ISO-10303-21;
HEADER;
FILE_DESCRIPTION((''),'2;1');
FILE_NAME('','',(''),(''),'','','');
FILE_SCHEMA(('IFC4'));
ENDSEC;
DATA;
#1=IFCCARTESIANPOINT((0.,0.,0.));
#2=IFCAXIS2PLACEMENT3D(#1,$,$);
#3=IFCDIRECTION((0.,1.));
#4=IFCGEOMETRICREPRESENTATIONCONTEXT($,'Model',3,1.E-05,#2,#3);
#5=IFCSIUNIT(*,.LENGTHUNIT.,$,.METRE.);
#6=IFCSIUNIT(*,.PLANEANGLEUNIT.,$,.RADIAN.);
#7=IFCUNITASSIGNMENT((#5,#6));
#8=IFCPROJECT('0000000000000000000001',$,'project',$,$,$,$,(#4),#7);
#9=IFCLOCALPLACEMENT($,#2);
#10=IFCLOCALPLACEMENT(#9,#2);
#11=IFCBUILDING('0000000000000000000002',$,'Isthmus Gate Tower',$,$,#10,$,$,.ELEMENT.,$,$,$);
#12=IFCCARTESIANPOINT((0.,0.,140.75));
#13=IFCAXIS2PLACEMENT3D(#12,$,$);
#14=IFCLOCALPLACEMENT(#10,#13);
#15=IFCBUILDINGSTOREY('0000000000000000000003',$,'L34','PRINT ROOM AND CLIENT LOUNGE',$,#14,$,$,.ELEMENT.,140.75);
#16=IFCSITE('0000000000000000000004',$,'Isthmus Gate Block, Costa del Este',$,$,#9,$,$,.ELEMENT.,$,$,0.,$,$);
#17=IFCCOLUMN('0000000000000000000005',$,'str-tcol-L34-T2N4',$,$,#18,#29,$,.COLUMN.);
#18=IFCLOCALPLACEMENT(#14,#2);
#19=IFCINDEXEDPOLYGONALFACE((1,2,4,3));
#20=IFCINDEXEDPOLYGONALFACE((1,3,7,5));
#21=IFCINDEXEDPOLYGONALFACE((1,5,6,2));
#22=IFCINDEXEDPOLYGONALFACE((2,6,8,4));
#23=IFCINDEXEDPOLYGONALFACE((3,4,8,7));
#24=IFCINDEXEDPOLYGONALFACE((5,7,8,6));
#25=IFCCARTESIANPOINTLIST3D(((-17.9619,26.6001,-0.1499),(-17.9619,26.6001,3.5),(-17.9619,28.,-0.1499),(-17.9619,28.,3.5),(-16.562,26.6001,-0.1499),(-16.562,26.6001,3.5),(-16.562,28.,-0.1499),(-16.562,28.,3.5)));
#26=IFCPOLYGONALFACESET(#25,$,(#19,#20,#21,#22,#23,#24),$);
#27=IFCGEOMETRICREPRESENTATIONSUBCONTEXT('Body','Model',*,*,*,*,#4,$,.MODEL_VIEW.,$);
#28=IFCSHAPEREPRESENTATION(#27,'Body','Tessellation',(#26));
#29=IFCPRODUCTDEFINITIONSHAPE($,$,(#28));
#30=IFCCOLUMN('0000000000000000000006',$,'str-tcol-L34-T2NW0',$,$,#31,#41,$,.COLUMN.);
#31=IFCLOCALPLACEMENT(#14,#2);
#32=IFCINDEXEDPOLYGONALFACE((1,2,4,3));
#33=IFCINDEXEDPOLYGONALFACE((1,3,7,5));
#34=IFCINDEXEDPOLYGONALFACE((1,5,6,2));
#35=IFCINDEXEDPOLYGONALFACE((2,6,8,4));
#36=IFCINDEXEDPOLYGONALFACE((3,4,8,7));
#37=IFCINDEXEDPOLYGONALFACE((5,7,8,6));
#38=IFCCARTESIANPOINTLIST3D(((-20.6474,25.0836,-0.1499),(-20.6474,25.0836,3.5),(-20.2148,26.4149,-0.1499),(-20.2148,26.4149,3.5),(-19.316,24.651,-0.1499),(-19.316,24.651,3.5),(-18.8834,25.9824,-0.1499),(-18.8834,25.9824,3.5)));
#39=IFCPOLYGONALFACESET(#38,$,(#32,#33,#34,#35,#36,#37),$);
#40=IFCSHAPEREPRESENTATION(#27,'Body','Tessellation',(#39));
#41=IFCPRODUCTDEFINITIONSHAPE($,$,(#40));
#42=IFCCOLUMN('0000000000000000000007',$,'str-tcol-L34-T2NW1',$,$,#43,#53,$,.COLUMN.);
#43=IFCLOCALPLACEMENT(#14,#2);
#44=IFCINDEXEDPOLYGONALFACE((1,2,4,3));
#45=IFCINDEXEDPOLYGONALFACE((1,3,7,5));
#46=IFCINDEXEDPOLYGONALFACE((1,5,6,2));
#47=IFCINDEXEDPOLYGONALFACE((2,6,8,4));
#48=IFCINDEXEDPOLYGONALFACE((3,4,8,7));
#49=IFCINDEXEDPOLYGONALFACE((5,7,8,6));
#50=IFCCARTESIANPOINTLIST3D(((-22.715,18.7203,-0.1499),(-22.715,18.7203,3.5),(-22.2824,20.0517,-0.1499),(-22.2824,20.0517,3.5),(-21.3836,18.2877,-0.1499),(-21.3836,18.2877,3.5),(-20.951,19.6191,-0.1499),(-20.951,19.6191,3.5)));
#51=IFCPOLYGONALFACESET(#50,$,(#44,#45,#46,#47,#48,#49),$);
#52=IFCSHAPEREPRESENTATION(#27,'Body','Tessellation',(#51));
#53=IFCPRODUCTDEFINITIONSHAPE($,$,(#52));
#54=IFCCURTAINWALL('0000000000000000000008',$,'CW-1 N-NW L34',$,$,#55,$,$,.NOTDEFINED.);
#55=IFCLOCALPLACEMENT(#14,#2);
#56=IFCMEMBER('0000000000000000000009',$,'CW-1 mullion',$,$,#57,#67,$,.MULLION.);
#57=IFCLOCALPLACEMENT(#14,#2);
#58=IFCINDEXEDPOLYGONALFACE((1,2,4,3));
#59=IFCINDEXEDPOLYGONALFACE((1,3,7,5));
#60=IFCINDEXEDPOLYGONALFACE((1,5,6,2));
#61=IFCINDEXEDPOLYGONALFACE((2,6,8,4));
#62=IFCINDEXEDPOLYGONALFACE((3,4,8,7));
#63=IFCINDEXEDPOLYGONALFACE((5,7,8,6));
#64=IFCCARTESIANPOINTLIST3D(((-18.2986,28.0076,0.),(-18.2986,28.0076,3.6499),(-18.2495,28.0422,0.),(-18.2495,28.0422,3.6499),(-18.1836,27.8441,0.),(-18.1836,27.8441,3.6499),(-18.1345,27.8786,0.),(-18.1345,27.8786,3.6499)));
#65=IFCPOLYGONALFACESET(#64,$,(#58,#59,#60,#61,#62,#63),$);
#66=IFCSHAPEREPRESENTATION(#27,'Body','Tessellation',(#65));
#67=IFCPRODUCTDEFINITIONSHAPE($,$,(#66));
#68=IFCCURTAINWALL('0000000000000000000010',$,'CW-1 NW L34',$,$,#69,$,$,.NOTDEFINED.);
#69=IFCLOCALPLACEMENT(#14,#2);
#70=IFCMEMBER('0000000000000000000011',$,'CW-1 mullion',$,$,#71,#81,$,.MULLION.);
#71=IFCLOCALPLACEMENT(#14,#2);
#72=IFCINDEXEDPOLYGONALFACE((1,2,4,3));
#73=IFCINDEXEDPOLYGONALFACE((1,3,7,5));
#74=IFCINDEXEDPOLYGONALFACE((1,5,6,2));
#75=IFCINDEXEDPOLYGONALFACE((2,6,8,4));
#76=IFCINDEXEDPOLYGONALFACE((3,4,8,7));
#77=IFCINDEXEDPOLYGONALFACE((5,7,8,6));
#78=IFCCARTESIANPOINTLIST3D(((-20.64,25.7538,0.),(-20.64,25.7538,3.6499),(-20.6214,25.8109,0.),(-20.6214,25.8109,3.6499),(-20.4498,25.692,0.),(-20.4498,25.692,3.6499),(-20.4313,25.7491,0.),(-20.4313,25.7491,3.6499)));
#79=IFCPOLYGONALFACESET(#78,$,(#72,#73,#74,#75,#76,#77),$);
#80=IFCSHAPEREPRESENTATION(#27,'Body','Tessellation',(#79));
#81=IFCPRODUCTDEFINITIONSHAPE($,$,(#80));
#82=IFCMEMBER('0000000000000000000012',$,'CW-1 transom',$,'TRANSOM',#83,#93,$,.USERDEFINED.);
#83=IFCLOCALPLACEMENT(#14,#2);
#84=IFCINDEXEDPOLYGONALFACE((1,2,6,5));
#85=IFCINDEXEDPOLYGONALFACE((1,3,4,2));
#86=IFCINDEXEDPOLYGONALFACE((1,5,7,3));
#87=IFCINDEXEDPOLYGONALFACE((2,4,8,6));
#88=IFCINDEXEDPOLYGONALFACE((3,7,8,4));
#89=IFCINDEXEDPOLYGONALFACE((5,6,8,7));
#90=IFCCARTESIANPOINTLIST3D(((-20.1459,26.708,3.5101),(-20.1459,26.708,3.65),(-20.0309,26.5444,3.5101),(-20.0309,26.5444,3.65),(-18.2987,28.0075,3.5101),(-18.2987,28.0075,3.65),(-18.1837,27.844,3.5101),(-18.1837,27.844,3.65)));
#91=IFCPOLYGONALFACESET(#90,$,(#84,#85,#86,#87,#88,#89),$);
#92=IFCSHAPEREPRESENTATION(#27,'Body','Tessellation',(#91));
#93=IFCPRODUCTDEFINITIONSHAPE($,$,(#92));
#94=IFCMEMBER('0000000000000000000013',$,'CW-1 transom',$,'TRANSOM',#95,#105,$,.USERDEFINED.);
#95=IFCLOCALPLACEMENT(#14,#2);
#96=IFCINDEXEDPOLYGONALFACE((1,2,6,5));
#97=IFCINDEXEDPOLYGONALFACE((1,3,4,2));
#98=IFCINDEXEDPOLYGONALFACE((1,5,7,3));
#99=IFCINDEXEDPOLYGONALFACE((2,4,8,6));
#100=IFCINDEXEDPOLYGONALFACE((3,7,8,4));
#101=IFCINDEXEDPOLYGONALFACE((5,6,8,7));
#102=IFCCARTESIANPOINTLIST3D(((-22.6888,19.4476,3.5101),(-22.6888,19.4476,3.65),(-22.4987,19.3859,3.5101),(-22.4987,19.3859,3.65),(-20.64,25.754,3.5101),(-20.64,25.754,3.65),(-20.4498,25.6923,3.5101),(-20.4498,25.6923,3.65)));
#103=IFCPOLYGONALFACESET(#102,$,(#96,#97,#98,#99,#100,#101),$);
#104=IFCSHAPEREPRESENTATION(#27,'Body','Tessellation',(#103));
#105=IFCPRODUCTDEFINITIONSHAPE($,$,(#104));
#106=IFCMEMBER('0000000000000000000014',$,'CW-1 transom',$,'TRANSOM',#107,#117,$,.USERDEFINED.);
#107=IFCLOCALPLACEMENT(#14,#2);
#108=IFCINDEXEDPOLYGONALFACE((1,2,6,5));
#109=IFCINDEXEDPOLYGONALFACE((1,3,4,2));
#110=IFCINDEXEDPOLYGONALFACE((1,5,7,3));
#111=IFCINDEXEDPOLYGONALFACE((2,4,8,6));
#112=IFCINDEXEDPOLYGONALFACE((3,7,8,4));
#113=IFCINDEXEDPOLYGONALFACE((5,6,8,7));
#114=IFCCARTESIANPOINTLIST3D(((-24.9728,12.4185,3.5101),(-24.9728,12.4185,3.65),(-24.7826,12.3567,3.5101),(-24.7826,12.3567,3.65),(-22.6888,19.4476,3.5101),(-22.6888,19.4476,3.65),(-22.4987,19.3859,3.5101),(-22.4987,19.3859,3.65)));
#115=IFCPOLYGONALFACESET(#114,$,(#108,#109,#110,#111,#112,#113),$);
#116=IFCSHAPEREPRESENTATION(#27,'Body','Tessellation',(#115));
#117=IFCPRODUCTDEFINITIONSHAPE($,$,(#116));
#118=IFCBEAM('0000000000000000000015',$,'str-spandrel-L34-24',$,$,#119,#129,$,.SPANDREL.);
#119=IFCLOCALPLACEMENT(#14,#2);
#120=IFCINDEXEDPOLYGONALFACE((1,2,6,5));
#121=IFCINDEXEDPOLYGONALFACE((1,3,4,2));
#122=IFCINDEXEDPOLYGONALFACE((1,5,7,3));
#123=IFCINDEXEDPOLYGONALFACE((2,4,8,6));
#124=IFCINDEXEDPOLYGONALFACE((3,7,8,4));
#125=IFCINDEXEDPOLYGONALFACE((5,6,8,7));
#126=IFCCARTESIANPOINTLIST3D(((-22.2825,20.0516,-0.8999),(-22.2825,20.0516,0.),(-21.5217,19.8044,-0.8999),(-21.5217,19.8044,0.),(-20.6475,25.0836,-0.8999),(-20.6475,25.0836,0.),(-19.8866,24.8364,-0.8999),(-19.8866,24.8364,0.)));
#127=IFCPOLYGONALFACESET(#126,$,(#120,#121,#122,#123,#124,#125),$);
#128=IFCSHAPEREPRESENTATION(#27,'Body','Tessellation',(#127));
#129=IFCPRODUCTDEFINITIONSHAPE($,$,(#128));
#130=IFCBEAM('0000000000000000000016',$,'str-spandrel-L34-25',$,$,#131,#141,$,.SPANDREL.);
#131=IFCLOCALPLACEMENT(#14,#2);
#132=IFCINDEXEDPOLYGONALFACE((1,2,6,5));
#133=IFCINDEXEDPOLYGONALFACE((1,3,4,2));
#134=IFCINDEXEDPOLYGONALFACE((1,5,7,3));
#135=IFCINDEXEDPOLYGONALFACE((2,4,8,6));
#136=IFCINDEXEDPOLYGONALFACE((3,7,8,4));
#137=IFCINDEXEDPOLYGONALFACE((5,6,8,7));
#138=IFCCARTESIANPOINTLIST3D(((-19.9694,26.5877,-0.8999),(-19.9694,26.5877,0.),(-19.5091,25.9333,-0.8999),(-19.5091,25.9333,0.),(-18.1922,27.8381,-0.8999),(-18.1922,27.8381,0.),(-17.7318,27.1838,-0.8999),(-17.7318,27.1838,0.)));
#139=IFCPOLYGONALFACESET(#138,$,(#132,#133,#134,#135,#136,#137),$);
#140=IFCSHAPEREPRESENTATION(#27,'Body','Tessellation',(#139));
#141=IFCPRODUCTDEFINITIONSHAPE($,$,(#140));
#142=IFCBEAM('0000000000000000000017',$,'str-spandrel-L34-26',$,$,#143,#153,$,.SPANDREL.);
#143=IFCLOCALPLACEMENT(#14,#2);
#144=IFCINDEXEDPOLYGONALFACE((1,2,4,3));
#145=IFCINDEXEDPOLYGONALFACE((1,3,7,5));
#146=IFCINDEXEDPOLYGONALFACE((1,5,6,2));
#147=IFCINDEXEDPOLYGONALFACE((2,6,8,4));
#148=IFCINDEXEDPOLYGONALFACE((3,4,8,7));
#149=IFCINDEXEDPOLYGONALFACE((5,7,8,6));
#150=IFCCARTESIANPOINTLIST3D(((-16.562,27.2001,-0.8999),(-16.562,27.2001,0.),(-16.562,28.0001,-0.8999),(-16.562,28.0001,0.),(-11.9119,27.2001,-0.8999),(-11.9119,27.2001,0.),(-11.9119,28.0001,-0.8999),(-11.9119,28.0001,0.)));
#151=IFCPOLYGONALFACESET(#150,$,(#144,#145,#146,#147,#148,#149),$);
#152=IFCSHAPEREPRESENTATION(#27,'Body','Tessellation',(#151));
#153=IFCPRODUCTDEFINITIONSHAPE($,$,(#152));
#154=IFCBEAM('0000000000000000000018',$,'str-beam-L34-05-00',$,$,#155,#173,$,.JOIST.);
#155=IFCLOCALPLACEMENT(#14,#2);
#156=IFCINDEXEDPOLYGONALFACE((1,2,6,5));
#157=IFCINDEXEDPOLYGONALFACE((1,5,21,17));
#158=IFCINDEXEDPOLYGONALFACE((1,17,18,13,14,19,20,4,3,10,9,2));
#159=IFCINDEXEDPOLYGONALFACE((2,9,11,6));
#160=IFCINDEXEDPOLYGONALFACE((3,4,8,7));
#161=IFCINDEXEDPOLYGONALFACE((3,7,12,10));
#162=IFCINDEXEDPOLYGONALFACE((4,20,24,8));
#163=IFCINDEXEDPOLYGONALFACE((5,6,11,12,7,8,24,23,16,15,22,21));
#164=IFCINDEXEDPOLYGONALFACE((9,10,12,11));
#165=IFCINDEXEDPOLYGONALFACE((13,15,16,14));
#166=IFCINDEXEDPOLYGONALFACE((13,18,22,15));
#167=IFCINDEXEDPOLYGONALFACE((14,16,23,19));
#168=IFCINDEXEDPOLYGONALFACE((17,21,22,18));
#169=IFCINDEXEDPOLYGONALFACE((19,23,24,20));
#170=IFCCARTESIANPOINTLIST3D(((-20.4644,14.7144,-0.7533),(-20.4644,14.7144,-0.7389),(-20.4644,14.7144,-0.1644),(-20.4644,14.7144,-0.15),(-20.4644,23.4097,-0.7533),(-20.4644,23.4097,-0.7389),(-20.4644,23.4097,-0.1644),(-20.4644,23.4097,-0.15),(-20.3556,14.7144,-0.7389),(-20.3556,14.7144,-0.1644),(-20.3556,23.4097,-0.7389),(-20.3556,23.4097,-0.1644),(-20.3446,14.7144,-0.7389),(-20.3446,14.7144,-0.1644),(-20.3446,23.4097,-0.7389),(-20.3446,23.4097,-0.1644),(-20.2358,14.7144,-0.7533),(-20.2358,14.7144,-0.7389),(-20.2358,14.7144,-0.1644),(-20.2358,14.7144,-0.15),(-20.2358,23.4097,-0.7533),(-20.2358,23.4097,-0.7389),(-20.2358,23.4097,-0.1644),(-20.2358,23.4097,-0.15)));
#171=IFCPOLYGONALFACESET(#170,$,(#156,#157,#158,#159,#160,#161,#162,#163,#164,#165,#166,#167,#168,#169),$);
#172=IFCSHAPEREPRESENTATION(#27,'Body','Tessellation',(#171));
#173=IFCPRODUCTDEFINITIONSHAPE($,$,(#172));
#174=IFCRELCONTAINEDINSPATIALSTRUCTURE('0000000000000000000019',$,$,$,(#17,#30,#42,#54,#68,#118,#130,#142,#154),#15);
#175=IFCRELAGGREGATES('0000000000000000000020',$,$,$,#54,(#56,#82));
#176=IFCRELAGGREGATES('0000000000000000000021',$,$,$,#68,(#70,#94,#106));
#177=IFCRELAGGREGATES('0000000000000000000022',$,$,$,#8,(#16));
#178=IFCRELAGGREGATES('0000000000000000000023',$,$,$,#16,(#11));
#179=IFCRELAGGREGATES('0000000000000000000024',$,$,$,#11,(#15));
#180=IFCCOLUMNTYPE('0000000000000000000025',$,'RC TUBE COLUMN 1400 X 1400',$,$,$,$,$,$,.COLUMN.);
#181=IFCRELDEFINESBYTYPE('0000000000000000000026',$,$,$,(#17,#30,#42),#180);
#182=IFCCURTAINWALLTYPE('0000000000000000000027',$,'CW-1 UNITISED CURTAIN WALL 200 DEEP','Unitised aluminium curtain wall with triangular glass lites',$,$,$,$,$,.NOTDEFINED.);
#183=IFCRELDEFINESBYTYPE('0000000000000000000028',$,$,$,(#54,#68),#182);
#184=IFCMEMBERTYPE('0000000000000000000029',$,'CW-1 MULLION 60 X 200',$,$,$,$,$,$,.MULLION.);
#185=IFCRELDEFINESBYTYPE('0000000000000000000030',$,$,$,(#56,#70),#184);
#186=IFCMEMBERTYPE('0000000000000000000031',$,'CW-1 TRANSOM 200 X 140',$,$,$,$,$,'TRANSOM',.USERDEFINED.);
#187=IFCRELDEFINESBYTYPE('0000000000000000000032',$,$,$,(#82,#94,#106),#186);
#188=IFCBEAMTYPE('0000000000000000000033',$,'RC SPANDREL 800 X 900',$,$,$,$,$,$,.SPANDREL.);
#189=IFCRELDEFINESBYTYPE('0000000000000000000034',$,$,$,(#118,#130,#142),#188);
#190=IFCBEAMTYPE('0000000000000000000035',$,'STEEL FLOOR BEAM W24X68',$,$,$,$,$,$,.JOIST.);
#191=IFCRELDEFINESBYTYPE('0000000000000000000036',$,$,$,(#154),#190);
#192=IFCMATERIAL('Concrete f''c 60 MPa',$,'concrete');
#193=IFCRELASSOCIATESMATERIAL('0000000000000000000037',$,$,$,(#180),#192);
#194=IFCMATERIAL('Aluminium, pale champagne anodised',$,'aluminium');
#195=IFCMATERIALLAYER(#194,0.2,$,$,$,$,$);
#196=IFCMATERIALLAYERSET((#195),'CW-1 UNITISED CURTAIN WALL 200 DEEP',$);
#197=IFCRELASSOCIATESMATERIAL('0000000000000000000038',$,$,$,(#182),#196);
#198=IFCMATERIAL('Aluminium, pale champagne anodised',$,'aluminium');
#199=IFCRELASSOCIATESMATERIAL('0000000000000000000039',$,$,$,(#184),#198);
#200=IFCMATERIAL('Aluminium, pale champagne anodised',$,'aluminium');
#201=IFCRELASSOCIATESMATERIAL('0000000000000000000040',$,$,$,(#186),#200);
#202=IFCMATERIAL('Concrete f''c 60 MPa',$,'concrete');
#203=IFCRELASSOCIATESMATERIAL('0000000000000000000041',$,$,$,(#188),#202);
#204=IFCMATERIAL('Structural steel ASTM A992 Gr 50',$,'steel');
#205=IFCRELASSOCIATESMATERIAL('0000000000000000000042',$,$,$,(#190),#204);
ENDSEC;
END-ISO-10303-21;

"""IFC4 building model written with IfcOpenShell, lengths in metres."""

from ifc_helpers import new_model, si_unit, direction, frame, origin, origin_2d, place, context, subcontext, project, spatial, rectangle, i_section, extrude, material, layer, layer_set, material_profile, profile_set, type_object, element, aggregate, save


model = new_model("IFC4")

# Units and contexts
model_context = context("Model", 3, precision=1e-05, world=origin(), true_north=direction((0.0, 1.0)))
body_context = subcontext(model_context, "Body", "Model", "MODEL_VIEW")
ifc_project = project(units=[si_unit("LENGTHUNIT", "METRE"), si_unit("PLANEANGLEUNIT", "RADIAN")], contexts=[model_context])

# Site, building, storey
site_placement = place(None, origin())
site = spatial("IfcSite", under=ifc_project, at=site_placement, Name="Isthmus Gate Block, Costa del Este", CompositionType="ELEMENT", RefElevation=0.0)
building_placement = place(site_placement, origin())
building = spatial("IfcBuilding", under=site, at=building_placement, Name="Isthmus Gate Tower", CompositionType="ELEMENT")
storey_placement = place(building_placement, frame((0.0, 0.0, 140.75)))
storey = spatial("IfcBuildingStorey", under=building, at=storey_placement, Name="L34", Description="PRINT ROOM AND CLIENT LOUNGE", CompositionType="ELEMENT", Elevation=140.75)

# Columns
ifc_material_1 = material(Name="Concrete f'c 60 MPa", Category="concrete")
ifc_material_profile_1 = material_profile(ifc_material_1, rectangle(XDim=1.3999, YDim=1.3999, at=origin_2d()), Name="RC 1400X1400")
ifc_profile_set_1 = profile_set([ifc_material_profile_1], Name="Concrete f'c 60 MPa")
column_type = type_object("IfcColumnType", Name="RC TUBE COLUMN 1400 X 1400", PredefinedType="COLUMN", material=ifc_profile_set_1)
for number, where, z_axis, x_axis, name in (
    (1, (-17.262, 27.3, -0.1499), (0.0, 0.0, 1.0), (-1.0, 0.0, 0.0), "str-tcol-L34-T2N4"),
    (2, (-19.7654, 25.533, -0.1499), (0.0, 0.0, 1.0), (-0.309017, -0.951057, 0.0), "str-tcol-L34-T2NW0"),
    (3, (-21.833, 19.1697, -0.1499), (0.0, 0.0, 1.0), (-0.309017, -0.951057, 0.0), "str-tcol-L34-T2NW1"),
):
    element("IfcColumn", number, at=place(storey_placement, frame(where, z_axis=z_axis, x_axis=x_axis)), inside=storey, type_object=column_type, Name=name, PredefinedType="COLUMN", context=body_context, shape_type="SweptSolid", body=[
        extrude(rectangle(XDim=1.3999, YDim=1.3999, at=origin_2d()), origin(), (0.0, 0.0, 1.0), 3.6499),
    ])

# Curtain walls, members
ifc_material_2 = material(Name="Aluminium, pale champagne anodised", Category="aluminium")
ifc_layer_1 = layer(ifc_material_2, 0.2)
ifc_layer_set_1 = layer_set([ifc_layer_1], Name="CW-1 UNITISED CURTAIN WALL 200 DEEP")
curtain_wall_type = type_object("IfcCurtainWallType", Name="CW-1 UNITISED CURTAIN WALL 200 DEEP", Description="Unitised aluminium curtain wall with triangular glass lites", PredefinedType="NOTDEFINED", material=ifc_layer_set_1)
curtain_wall_1_placement = place(storey_placement, origin())
curtain_wall_1 = element("IfcCurtainWall", 4, at=curtain_wall_1_placement, inside=storey, type_object=curtain_wall_type, Name="CW-1 N-NW L34", PredefinedType="NOTDEFINED")
ifc_material_3 = material(Name="Aluminium, pale champagne anodised", Category="aluminium")
ifc_material_profile_2 = material_profile(ifc_material_3, rectangle(XDim=0.0601, YDim=0.2, at=origin_2d()), Name="60x200")
ifc_profile_set_2 = profile_set([ifc_material_profile_2], Name="Aluminium, pale champagne anodised")
member_type_1 = type_object("IfcMemberType", Name="CW-1 MULLION 60 X 200", PredefinedType="MULLION", material=ifc_profile_set_2)
member_1_placement = place(storey_placement, frame((-18.2166, 27.9431, 0.0), z_axis=(0.0, 0.0, 1.0), x_axis=(-0.81786, -0.575418, 0.0)))
member_1 = element("IfcMember", 5, at=member_1_placement, type_object=member_type_1, Name="CW-1 mullion", PredefinedType="MULLION", context=body_context, shape_type="SweptSolid", body=[
    extrude(rectangle(XDim=0.0601, YDim=0.2, at=origin_2d()), origin(), (0.0, 0.0, 1.0), 3.6499),
])
curtain_wall_2_placement = place(storey_placement, origin())
curtain_wall_2 = element("IfcCurtainWall", 6, at=curtain_wall_2_placement, inside=storey, type_object=curtain_wall_type, Name="CW-1 NW L34", PredefinedType="NOTDEFINED")
member_2_placement = place(storey_placement, frame((-20.5356, 25.7515, 0.0), z_axis=(0.0, 0.0, 1.0), x_axis=(-0.309017, -0.951057, 0.0)))
member_2 = element("IfcMember", 7, at=member_2_placement, type_object=member_type_1, Name="CW-1 mullion", PredefinedType="MULLION", context=body_context, shape_type="SweptSolid", body=[
    extrude(rectangle(XDim=0.0601, YDim=0.2, at=origin_2d()), origin(), (0.0, 0.0, 1.0), 3.6499),
])

# Members
ifc_material_4 = material(Name="Aluminium, pale champagne anodised", Category="aluminium")
ifc_material_profile_3 = material_profile(ifc_material_4, rectangle(XDim=0.2, YDim=0.1399, at=origin_2d()), Name="200x140")
ifc_profile_set_3 = profile_set([ifc_material_profile_3], Name="Aluminium, pale champagne anodised")
member_type_2 = type_object("IfcMemberType", Name="CW-1 TRANSOM 200 X 140", ElementType="TRANSOM", PredefinedType="USERDEFINED", material=ifc_profile_set_3)
member_3_placement = place(storey_placement, frame((-18.2412, 27.9258, 3.5801), z_axis=(-0.817869, -0.575405, 0.0), x_axis=(0.575405, -0.817869, 0.0)))
member_3 = element("IfcMember", 8, at=member_3_placement, type_object=member_type_2, Name="CW-1 transom", ObjectType="TRANSOM", PredefinedType="USERDEFINED", context=body_context, shape_type="SweptSolid", body=[
    extrude(rectangle(XDim=0.2, YDim=0.1399, at=origin_2d()), origin(), (0.0, 0.0, 1.0), 2.2585),
])
member_4_placement = place(storey_placement, frame((-20.5449, 25.7231, 3.5801), z_axis=(-0.308984, -0.951067, 0.0), x_axis=(0.951067, -0.308984, 0.0)))
member_4 = element("IfcMember", 9, at=member_4_placement, type_object=member_type_2, Name="CW-1 transom", ObjectType="TRANSOM", PredefinedType="USERDEFINED", context=body_context, shape_type="SweptSolid", body=[
    extrude(rectangle(XDim=0.2, YDim=0.1399, at=origin_2d()), origin(), (0.0, 0.0, 1.0), 6.6309),
])
member_5_placement = place(storey_placement, frame((-22.5938, 19.4167, 3.5801), z_axis=(-0.309024, -0.951054, 0.0), x_axis=(0.951054, -0.309024, 0.0)))
member_5 = element("IfcMember", 10, at=member_5_placement, type_object=member_type_2, Name="CW-1 transom", ObjectType="TRANSOM", PredefinedType="USERDEFINED", context=body_context, shape_type="SweptSolid", body=[
    extrude(rectangle(XDim=0.2, YDim=0.1399, at=origin_2d()), origin(), (0.0, 0.0, 1.0), 7.3909),
])

# Beams
ifc_material_5 = material(Name="Concrete f'c 60 MPa", Category="concrete")
ifc_material_profile_4 = material_profile(ifc_material_5, rectangle(XDim=0.8, YDim=0.8999, at=origin_2d()), Name="RC 800X900")
ifc_profile_set_4 = profile_set([ifc_material_profile_4], Name="Concrete f'c 60 MPa")
beam_type_1 = type_object("IfcBeamType", Name="RC SPANDREL 800 X 900", PredefinedType="SPANDREL", material=ifc_profile_set_4)
beam_1_placement = place(storey_placement, frame((-21.9021, 19.928, -0.45), z_axis=(0.30902, 0.951055, 0.0), x_axis=(-0.951055, 0.30902, 0.0)))
element("IfcBeam", 11, at=beam_1_placement, inside=storey, type_object=beam_type_1, Name="str-spandrel-L34-24", PredefinedType="SPANDREL", context=body_context, shape_type="SweptSolid", body=[
    extrude(rectangle(XDim=0.8, YDim=0.8999, at=origin_2d()), origin(), (0.0, 0.0, 1.0), 5.291),
])
beam_2_placement = place(storey_placement, frame((-19.7393, 26.2605, -0.45), z_axis=(0.817857, 0.575421, 0.0), x_axis=(-0.575421, 0.817857, 0.0)))
element("IfcBeam", 12, at=beam_2_placement, inside=storey, type_object=beam_type_1, Name="str-spandrel-L34-25", PredefinedType="SPANDREL", context=body_context, shape_type="SweptSolid", body=[
    extrude(rectangle(XDim=0.8, YDim=0.8999, at=origin_2d()), origin(), (0.0, 0.0, 1.0), 2.1731),
])
beam_3_placement = place(storey_placement, frame((-16.562, 27.6001, -0.45), z_axis=(1.0, 0.0, 0.0), x_axis=(0.0, 1.0, 0.0)))
element("IfcBeam", 13, at=beam_3_placement, inside=storey, type_object=beam_type_1, Name="str-spandrel-L34-26", PredefinedType="SPANDREL", context=body_context, shape_type="SweptSolid", body=[
    extrude(rectangle(XDim=0.8, YDim=0.8999, at=origin_2d()), origin(), (0.0, 0.0, 1.0), 4.6501),
])
ifc_material_6 = material(Name="Structural steel ASTM A992 Gr 50", Category="steel")
ifc_material_profile_5 = material_profile(ifc_material_6, i_section(OverallWidth=0.2285, OverallDepth=0.6033, WebThickness=0.011, FlangeThickness=0.0144, at=origin_2d()), Name="W24X68")
ifc_profile_set_5 = profile_set([ifc_material_profile_5], Name="Structural steel ASTM A992 Gr 50")
beam_type_2 = type_object("IfcBeamType", Name="STEEL FLOOR BEAM W24X68", PredefinedType="JOIST", material=ifc_profile_set_5)
beam_4_placement = place(storey_placement, frame((-20.3501, 14.7144, -0.4517), z_axis=(0.0, 1.0, 0.0), x_axis=(-1.0, 0.0, 0.0)))
element("IfcBeam", 14, at=beam_4_placement, inside=storey, type_object=beam_type_2, Name="str-beam-L34-05-00", PredefinedType="JOIST", context=body_context, shape_type="SweptSolid", body=[
    extrude(i_section(OverallWidth=0.2285, OverallDepth=0.6033, WebThickness=0.011, FlangeThickness=0.0144, at=origin_2d()), origin(), (0.0, 0.0, 1.0), 8.6953),
])

aggregate(curtain_wall_1, [member_1, member_3])

aggregate(curtain_wall_2, [member_2, member_4, member_5])

save(model, "model.ifc")
